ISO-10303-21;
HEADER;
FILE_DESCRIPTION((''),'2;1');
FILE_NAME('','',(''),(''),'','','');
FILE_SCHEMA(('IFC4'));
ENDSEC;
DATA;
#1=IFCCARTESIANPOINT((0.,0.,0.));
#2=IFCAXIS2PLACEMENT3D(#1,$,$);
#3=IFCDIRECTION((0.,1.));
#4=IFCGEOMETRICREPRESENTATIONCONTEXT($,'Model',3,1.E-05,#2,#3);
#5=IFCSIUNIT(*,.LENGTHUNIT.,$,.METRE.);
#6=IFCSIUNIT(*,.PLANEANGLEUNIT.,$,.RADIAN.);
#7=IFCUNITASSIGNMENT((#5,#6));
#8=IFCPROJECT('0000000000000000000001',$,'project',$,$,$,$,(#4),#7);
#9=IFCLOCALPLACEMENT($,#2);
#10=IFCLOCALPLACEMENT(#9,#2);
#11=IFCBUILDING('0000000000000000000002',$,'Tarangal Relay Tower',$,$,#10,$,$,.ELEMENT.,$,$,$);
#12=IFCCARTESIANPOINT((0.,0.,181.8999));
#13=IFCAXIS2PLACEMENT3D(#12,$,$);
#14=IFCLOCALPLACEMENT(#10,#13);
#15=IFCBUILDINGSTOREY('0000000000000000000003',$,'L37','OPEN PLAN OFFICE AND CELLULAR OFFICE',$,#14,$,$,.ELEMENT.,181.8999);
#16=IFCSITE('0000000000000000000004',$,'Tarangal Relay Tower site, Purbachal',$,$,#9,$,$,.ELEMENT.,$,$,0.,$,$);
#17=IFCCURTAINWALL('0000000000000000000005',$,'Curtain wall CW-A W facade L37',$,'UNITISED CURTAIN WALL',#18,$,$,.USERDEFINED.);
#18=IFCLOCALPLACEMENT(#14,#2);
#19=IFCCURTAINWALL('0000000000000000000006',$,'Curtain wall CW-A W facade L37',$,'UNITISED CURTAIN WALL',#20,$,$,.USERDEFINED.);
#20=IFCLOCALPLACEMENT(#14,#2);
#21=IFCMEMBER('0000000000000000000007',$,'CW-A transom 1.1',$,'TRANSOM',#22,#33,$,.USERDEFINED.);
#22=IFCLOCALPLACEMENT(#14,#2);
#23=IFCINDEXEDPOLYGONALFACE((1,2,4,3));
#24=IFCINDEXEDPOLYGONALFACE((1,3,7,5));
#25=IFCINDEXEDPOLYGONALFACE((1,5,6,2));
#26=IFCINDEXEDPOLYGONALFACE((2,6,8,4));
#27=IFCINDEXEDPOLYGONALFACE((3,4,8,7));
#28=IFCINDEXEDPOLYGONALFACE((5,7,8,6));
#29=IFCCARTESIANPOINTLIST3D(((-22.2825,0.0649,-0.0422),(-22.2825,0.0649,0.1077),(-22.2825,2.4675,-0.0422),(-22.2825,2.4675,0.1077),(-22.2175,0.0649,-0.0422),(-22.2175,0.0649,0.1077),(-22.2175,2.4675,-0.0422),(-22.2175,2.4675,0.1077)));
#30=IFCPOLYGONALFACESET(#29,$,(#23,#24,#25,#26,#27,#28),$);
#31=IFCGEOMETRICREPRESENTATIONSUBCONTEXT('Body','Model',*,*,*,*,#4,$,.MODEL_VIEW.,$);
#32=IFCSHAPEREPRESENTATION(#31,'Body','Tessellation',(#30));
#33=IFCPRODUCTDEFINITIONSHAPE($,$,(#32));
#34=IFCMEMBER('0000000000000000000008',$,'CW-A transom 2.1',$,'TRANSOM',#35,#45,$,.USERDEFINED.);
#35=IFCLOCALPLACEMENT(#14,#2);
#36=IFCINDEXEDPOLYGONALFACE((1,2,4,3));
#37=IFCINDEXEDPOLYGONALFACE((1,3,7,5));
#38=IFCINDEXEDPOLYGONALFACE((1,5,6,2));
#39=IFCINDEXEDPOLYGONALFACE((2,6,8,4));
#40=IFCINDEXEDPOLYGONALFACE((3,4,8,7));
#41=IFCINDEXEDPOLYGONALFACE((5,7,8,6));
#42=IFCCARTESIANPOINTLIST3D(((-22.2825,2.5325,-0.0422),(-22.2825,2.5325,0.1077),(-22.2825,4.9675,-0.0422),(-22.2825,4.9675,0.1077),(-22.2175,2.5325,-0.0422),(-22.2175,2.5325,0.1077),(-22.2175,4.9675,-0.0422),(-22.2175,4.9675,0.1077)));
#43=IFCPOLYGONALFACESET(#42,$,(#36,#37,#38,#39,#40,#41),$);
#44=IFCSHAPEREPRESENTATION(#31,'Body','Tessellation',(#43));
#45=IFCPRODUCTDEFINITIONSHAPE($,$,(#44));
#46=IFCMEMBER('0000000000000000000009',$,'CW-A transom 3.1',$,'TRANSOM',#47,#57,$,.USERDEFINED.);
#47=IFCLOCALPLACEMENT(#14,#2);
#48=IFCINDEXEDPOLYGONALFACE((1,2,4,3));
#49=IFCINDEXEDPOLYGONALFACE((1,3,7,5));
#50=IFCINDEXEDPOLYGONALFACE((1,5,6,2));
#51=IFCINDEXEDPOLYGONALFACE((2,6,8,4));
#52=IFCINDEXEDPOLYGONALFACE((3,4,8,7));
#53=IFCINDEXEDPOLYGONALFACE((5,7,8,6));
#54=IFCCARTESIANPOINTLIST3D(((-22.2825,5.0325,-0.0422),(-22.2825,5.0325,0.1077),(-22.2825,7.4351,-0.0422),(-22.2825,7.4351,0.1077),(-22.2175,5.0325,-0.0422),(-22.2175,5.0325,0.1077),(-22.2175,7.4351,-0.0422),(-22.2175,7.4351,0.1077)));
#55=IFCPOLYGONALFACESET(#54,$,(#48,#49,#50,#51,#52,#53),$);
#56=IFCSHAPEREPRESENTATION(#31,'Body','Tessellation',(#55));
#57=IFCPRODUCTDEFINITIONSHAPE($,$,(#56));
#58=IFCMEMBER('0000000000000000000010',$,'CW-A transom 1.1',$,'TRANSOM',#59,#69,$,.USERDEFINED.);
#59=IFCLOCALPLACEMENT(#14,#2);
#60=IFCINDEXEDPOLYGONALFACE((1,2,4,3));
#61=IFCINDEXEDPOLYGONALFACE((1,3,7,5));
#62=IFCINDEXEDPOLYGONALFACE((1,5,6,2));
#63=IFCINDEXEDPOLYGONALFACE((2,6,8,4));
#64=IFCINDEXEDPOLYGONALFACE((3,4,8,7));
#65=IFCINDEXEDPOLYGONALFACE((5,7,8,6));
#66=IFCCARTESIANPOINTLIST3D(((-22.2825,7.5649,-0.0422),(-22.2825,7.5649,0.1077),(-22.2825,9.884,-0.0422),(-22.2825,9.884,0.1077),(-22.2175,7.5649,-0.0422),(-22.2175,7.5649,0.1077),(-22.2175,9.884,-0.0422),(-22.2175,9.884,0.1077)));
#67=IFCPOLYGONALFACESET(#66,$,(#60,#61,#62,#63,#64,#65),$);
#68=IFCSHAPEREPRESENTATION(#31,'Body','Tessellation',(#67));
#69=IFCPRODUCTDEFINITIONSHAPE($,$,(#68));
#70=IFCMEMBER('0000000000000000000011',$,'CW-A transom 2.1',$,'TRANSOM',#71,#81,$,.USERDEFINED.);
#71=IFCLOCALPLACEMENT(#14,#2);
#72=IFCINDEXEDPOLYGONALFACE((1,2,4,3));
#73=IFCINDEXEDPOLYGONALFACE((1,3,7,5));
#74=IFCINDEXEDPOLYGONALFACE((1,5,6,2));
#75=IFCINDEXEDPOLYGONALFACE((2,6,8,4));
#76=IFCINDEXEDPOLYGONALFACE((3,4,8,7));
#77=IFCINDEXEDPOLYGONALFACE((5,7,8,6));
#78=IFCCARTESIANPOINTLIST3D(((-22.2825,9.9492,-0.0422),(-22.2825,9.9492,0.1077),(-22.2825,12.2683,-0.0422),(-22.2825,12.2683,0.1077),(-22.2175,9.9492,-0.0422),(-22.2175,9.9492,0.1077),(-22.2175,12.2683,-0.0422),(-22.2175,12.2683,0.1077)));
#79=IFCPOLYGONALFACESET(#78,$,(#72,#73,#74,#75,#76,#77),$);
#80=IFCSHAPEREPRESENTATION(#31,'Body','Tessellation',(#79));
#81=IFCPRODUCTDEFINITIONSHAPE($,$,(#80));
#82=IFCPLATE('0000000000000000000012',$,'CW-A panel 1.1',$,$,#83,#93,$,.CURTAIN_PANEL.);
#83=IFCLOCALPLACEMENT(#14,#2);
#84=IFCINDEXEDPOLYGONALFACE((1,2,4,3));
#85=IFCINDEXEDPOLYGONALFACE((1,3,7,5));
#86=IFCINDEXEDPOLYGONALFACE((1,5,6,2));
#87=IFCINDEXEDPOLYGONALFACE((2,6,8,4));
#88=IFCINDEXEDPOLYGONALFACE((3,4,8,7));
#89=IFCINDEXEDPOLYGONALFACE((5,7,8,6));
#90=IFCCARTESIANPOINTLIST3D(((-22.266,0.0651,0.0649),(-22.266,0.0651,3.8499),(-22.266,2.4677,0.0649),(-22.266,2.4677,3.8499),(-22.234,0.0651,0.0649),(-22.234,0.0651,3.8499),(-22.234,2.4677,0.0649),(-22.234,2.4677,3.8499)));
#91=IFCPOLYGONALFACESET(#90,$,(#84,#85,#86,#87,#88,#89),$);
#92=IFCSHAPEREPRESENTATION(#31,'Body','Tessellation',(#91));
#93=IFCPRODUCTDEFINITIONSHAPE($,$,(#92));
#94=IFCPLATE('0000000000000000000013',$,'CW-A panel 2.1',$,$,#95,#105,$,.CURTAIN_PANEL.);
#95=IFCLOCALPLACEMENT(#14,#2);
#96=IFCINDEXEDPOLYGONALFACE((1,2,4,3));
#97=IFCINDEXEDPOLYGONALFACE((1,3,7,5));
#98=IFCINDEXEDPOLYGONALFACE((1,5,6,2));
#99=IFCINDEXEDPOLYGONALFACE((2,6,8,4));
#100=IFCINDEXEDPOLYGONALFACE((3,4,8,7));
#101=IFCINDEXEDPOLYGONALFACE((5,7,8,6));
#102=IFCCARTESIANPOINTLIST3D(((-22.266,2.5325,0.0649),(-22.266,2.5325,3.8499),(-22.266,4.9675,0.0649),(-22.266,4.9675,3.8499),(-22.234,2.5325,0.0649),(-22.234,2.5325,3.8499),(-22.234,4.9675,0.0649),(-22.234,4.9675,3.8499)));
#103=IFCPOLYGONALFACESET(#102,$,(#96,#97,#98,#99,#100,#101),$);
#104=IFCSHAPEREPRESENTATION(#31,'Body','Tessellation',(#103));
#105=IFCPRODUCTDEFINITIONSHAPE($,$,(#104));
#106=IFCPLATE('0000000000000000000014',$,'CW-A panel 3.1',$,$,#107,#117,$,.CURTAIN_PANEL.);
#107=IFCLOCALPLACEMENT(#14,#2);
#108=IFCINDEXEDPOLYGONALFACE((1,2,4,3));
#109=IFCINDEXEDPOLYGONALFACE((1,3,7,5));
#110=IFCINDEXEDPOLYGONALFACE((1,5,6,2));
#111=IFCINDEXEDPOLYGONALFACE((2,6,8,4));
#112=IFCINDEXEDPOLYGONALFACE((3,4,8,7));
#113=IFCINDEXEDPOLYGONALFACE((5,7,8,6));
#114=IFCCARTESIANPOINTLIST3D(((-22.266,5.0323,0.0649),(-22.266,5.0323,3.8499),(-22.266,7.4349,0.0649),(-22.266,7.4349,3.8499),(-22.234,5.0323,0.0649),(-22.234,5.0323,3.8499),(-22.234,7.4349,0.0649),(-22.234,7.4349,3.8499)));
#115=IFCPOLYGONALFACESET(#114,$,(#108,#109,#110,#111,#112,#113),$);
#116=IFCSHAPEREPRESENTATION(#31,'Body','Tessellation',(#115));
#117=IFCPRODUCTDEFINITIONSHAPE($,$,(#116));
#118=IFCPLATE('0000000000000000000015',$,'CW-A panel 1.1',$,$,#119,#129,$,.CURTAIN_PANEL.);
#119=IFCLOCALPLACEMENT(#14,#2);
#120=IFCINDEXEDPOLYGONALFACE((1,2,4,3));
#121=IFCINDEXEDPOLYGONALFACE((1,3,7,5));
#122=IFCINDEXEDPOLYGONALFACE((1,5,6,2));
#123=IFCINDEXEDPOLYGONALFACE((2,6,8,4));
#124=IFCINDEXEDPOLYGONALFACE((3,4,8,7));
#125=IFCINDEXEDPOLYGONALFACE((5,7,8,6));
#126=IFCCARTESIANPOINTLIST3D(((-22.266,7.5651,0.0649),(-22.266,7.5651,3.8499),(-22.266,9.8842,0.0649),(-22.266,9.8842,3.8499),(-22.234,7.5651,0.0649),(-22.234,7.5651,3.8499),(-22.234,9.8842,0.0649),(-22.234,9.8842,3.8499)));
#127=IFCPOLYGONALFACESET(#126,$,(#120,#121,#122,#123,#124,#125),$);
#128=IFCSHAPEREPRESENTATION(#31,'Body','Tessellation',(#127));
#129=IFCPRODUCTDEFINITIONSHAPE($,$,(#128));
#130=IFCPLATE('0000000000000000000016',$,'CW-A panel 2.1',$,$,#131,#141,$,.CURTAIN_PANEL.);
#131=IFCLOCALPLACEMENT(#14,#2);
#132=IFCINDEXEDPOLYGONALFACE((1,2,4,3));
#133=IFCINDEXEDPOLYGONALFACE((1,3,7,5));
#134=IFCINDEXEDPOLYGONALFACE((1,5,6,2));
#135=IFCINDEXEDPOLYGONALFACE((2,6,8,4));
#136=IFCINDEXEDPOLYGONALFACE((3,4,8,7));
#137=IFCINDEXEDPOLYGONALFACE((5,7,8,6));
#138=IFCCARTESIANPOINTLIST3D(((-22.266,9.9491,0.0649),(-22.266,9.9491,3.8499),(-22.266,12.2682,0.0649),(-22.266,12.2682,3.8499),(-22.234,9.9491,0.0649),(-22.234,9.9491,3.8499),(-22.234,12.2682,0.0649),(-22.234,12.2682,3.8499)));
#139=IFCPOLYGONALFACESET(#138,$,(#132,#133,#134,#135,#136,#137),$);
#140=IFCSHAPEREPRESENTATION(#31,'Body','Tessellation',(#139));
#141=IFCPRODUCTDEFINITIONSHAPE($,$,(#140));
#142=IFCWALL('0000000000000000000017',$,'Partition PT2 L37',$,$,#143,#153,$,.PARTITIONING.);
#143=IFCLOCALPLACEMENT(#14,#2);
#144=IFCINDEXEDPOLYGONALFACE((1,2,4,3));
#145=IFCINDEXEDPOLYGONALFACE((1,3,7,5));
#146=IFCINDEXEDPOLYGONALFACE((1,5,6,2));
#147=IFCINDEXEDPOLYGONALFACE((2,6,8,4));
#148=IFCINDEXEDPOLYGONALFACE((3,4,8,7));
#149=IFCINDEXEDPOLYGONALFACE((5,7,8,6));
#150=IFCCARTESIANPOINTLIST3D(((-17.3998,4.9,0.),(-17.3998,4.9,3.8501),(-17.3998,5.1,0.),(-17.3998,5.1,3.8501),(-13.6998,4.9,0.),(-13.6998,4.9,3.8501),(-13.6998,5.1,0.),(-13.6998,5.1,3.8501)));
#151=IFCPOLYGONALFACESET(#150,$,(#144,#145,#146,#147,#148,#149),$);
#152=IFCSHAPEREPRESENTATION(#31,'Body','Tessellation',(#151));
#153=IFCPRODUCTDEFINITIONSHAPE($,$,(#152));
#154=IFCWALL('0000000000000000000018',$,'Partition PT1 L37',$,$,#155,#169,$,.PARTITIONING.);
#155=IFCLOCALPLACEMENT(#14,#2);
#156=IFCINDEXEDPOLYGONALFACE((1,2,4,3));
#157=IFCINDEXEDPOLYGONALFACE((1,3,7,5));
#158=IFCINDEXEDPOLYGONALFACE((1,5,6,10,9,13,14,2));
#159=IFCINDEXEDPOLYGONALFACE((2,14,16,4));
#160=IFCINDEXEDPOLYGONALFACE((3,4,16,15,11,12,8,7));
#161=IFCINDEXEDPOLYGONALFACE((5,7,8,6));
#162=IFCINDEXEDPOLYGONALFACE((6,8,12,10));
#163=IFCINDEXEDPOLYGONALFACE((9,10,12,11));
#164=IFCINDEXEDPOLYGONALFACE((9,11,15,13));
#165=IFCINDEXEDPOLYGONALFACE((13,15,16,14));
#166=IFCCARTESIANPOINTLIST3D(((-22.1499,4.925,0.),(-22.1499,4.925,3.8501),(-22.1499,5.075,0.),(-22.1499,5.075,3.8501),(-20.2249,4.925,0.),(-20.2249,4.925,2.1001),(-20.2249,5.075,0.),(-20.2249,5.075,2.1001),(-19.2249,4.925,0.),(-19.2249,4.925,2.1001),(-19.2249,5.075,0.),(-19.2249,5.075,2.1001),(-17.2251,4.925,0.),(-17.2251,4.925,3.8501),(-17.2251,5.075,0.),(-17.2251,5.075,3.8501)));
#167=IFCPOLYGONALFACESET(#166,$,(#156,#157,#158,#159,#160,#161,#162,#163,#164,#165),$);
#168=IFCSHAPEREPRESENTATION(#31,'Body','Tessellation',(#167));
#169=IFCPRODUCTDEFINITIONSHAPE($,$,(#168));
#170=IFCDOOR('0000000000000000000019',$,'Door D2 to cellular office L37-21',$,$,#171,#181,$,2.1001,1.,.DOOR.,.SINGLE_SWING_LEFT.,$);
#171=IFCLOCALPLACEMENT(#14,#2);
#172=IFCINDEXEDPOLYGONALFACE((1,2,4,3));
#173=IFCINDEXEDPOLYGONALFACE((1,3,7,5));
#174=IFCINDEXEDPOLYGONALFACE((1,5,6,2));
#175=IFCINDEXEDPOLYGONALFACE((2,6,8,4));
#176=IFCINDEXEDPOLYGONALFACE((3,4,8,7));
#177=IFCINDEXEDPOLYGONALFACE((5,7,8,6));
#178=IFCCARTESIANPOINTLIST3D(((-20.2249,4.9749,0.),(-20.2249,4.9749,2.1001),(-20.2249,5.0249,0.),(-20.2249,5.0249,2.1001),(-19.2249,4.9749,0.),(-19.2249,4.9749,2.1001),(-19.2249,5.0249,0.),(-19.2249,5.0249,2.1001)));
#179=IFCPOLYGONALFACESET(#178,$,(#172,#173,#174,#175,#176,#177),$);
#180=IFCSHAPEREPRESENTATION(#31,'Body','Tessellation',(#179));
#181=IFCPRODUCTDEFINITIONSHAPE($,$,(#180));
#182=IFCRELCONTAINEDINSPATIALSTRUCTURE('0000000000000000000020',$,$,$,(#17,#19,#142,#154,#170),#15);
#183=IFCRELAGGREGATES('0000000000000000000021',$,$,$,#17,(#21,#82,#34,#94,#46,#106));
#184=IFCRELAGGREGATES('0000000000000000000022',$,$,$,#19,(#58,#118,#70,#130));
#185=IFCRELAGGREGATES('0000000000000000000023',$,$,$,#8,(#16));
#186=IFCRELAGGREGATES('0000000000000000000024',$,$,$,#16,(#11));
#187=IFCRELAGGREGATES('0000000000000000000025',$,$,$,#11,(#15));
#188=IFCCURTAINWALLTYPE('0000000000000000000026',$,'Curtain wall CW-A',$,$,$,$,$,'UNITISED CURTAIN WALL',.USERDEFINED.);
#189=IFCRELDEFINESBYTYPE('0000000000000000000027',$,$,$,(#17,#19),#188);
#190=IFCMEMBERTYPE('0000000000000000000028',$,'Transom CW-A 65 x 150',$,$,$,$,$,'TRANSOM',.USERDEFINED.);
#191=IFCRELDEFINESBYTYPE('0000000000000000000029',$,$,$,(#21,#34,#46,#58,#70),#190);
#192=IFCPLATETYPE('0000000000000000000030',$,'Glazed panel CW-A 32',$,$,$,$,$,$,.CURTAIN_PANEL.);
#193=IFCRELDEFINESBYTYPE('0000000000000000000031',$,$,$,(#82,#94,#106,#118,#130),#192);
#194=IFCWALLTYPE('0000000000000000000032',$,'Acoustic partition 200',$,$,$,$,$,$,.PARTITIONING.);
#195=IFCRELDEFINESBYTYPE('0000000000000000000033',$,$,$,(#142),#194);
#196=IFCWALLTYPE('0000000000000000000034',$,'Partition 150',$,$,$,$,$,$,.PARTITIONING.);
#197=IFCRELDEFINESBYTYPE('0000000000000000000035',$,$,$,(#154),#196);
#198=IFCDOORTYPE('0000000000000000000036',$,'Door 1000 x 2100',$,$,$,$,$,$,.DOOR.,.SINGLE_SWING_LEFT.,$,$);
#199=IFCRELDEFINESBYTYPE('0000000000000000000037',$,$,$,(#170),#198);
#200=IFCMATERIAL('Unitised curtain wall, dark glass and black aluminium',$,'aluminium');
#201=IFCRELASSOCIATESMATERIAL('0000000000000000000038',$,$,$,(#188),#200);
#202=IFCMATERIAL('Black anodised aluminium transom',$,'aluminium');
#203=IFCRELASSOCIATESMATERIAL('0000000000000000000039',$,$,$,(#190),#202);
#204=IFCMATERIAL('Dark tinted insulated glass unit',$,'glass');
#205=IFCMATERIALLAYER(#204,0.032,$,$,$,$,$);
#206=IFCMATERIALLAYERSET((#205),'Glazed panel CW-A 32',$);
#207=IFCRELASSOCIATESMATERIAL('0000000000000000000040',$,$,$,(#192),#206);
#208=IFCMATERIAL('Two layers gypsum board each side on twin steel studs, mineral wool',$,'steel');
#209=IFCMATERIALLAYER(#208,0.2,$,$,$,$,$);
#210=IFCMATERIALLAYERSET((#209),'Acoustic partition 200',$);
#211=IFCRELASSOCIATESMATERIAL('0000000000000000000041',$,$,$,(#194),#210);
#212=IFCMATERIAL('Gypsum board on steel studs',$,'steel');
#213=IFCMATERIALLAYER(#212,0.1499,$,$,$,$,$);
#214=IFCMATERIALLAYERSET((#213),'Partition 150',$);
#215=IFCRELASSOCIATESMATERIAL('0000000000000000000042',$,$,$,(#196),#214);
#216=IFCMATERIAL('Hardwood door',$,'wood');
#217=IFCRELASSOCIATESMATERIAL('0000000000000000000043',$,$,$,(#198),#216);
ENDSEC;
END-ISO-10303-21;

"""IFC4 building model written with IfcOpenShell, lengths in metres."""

from ifc_helpers import new_model, si_unit, direction, frame, frame_2d, origin, origin_2d, place, context, subcontext, project, spatial, rectangle, extrude, material, layer, layer_set, material_profile, profile_set, type_object, element, fill, aggregate, save


model = new_model("IFC4")

# Units and contexts
model_context = context("Model", 3, precision=1e-05, world=origin(), true_north=direction((0.0, 1.0)))
body_context = subcontext(model_context, "Body", "Model", "MODEL_VIEW")
ifc_project = project(units=[si_unit("LENGTHUNIT", "METRE"), si_unit("PLANEANGLEUNIT", "RADIAN")], contexts=[model_context])

# Site, building, storey
site_placement = place(None, origin())
site = spatial("IfcSite", under=ifc_project, at=site_placement, Name="Tarangal Relay Tower site, Purbachal", CompositionType="ELEMENT", RefElevation=0.0)
building_placement = place(site_placement, origin())
building = spatial("IfcBuilding", under=site, at=building_placement, Name="Tarangal Relay Tower", CompositionType="ELEMENT")
storey_placement = place(building_placement, frame((0.0, 0.0, 181.8999)))
storey = spatial("IfcBuildingStorey", under=building, at=storey_placement, Name="L37", Description="OPEN PLAN OFFICE AND CELLULAR OFFICE", CompositionType="ELEMENT", Elevation=181.8999)

# Curtain walls
ifc_material_1 = material(Name="Unitised curtain wall, dark glass and black aluminium", Category="aluminium")
curtain_wall_type = type_object("IfcCurtainWallType", Name="Curtain wall CW-A", ElementType="UNITISED CURTAIN WALL", PredefinedType="USERDEFINED", material=ifc_material_1)
curtain_wall_1_placement = place(storey_placement, origin())
curtain_wall_1 = element("IfcCurtainWall", 1, at=curtain_wall_1_placement, inside=storey, type_object=curtain_wall_type, Name="Curtain wall CW-A W facade L37", ObjectType="UNITISED CURTAIN WALL", PredefinedType="USERDEFINED")
curtain_wall_2_placement = place(storey_placement, origin())
curtain_wall_2 = element("IfcCurtainWall", 2, at=curtain_wall_2_placement, inside=storey, type_object=curtain_wall_type, Name="Curtain wall CW-A W facade L37", ObjectType="UNITISED CURTAIN WALL", PredefinedType="USERDEFINED")

# Members
ifc_material_2 = material(Name="Black anodised aluminium transom", Category="aluminium")
ifc_material_profile_1 = material_profile(ifc_material_2, rectangle(XDim=0.0649, YDim=0.1499, at=origin_2d()), Name="CW-AT 65X150")
ifc_profile_set_1 = profile_set([ifc_material_profile_1], Name="Black anodised aluminium transom")
member_type_1 = type_object("IfcMemberType", Name="Transom CW-A 65 x 150", ElementType="TRANSOM", PredefinedType="USERDEFINED", material=ifc_profile_set_1)
member_1_placement = place(storey_placement, frame((-22.25, 0.0649, 0.0327), z_axis=(0.0, 1.0, 0.0), x_axis=(-1.0, 0.0, 0.0)))
member_1 = element("IfcMember", 3, at=member_1_placement, type_object=member_type_1, Name="CW-A transom 1.1", ObjectType="TRANSOM", PredefinedType="USERDEFINED", context=body_context, shape_type="SweptSolid", body=[
    extrude(rectangle(XDim=0.0649, YDim=0.1499, at=origin_2d()), origin(), (0.0, 0.0, 1.0), 2.4026),
])
member_2_placement = place(storey_placement, frame((-22.25, 2.5325, 0.0327), z_axis=(0.0, 1.0, 0.0), x_axis=(-1.0, 0.0, 0.0)))
member_2 = element("IfcMember", 4, at=member_2_placement, type_object=member_type_1, Name="CW-A transom 2.1", ObjectType="TRANSOM", PredefinedType="USERDEFINED", context=body_context, shape_type="SweptSolid", body=[
    extrude(rectangle(XDim=0.0649, YDim=0.1499, at=origin_2d()), origin(), (0.0, 0.0, 1.0), 2.4351),
])
member_3_placement = place(storey_placement, frame((-22.25, 5.0325, 0.0327), z_axis=(0.0, 1.0, 0.0), x_axis=(-1.0, 0.0, 0.0)))
member_3 = element("IfcMember", 5, at=member_3_placement, type_object=member_type_1, Name="CW-A transom 3.1", ObjectType="TRANSOM", PredefinedType="USERDEFINED", context=body_context, shape_type="SweptSolid", body=[
    extrude(rectangle(XDim=0.0649, YDim=0.1499, at=origin_2d()), origin(), (0.0, 0.0, 1.0), 2.4026),
])
member_4_placement = place(storey_placement, frame((-22.25, 7.5649, 0.0327), z_axis=(0.0, 1.0, 0.0), x_axis=(-1.0, 0.0, 0.0)))
member_4 = element("IfcMember", 6, at=member_4_placement, type_object=member_type_1, Name="CW-A transom 1.1", ObjectType="TRANSOM", PredefinedType="USERDEFINED", context=body_context, shape_type="SweptSolid", body=[
    extrude(rectangle(XDim=0.0649, YDim=0.1499, at=origin_2d()), origin(), (0.0, 0.0, 1.0), 2.3191),
])
member_5_placement = place(storey_placement, frame((-22.25, 9.9492, 0.0327), z_axis=(0.0, 1.0, 0.0), x_axis=(-1.0, 0.0, 0.0)))
member_5 = element("IfcMember", 7, at=member_5_placement, type_object=member_type_1, Name="CW-A transom 2.1", ObjectType="TRANSOM", PredefinedType="USERDEFINED", context=body_context, shape_type="SweptSolid", body=[
    extrude(rectangle(XDim=0.0649, YDim=0.1499, at=origin_2d()), origin(), (0.0, 0.0, 1.0), 2.3191),
])

# Plates
ifc_material_3 = material(Name="Dark tinted insulated glass unit", Category="glass")
ifc_layer_1 = layer(ifc_material_3, 0.032)
ifc_layer_set_1 = layer_set([ifc_layer_1], Name="Glazed panel CW-A 32")
plate_type = type_object("IfcPlateType", Name="Glazed panel CW-A 32", PredefinedType="CURTAIN_PANEL", material=ifc_layer_set_1)
plate_1_placement = place(storey_placement, frame((-22.25, 1.2664, 0.0649), z_axis=(0.0, 0.0, 1.0), x_axis=(0.0, 1.0, 0.0)))
plate_1 = element("IfcPlate", 8, at=plate_1_placement, type_object=plate_type, Name="CW-A panel 1.1", PredefinedType="CURTAIN_PANEL", context=body_context, shape_type="SweptSolid", body=[
    extrude(rectangle(XDim=2.4026, YDim=0.032, at=origin_2d()), origin(), (0.0, 0.0, 1.0), 3.7849),
])
plate_2_placement = place(storey_placement, frame((-22.25, 3.75, 0.0649), z_axis=(0.0, 0.0, 1.0), x_axis=(0.0, 1.0, 0.0)))
plate_2 = element("IfcPlate", 9, at=plate_2_placement, type_object=plate_type, Name="CW-A panel 2.1", PredefinedType="CURTAIN_PANEL", context=body_context, shape_type="SweptSolid", body=[
    extrude(rectangle(XDim=2.4351, YDim=0.032, at=origin_2d()), origin(), (0.0, 0.0, 1.0), 3.7849),
])
plate_3_placement = place(storey_placement, frame((-22.25, 6.2336, 0.0649), z_axis=(0.0, 0.0, 1.0), x_axis=(0.0, 1.0, 0.0)))
plate_3 = element("IfcPlate", 10, at=plate_3_placement, type_object=plate_type, Name="CW-A panel 3.1", PredefinedType="CURTAIN_PANEL", context=body_context, shape_type="SweptSolid", body=[
    extrude(rectangle(XDim=2.4026, YDim=0.032, at=origin_2d()), origin(), (0.0, 0.0, 1.0), 3.7849),
])
aggregate(curtain_wall_1, [member_1, plate_1, member_2, plate_2, member_3, plate_3])
plate_4_placement = place(storey_placement, frame((-22.25, 8.7246, 0.0649), z_axis=(0.0, 0.0, 1.0), x_axis=(0.0, 1.0, 0.0)))
plate_4 = element("IfcPlate", 11, at=plate_4_placement, type_object=plate_type, Name="CW-A panel 1.1", PredefinedType="CURTAIN_PANEL", context=body_context, shape_type="SweptSolid", body=[
    extrude(rectangle(XDim=2.3191, YDim=0.032, at=origin_2d()), origin(), (0.0, 0.0, 1.0), 3.7849),
])
plate_5_placement = place(storey_placement, frame((-22.25, 11.1086, 0.0649), z_axis=(0.0, 0.0, 1.0), x_axis=(0.0, 1.0, 0.0)))
plate_5 = element("IfcPlate", 12, at=plate_5_placement, type_object=plate_type, Name="CW-A panel 2.1", PredefinedType="CURTAIN_PANEL", context=body_context, shape_type="SweptSolid", body=[
    extrude(rectangle(XDim=2.3191, YDim=0.032, at=origin_2d()), origin(), (0.0, 0.0, 1.0), 3.7849),
])
aggregate(curtain_wall_2, [member_4, plate_4, member_5, plate_5])

# Wall
ifc_material_4 = material(Name="Two layers gypsum board each side on twin steel studs, mineral wool", Category="steel")
ifc_layer_2 = layer(ifc_material_4, 0.2)
ifc_layer_set_2 = layer_set([ifc_layer_2], Name="Acoustic partition 200")
wall_type_1 = type_object("IfcWallType", Name="Acoustic partition 200", PredefinedType="PARTITIONING", material=ifc_layer_set_2)
wall_1_placement = place(storey_placement, frame((-17.3999, 5.0, 0.0), z_axis=(0.0, 0.0, 1.0), x_axis=(1.0, 0.0, 0.0)))
element("IfcWall", 13, at=wall_1_placement, inside=storey, type_object=wall_type_1, Name="Partition PT2 L37", PredefinedType="PARTITIONING", context=body_context, shape_type="SweptSolid", body=[
    extrude(rectangle(XDim=3.7, YDim=0.2, at=frame_2d((1.8501, 0.0))), origin(), (0.0, 0.0, 1.0), 3.8501),
])

# Wall, opening, door
ifc_material_5 = material(Name="Gypsum board on steel studs", Category="steel")
ifc_layer_3 = layer(ifc_material_5, 0.1499)
ifc_layer_set_3 = layer_set([ifc_layer_3], Name="Partition 150")
wall_type_2 = type_object("IfcWallType", Name="Partition 150", PredefinedType="PARTITIONING", material=ifc_layer_set_3)
wall_2_placement = place(storey_placement, frame((-22.1499, 5.0, 0.0), z_axis=(0.0, 0.0, 1.0), x_axis=(1.0, 0.0, 0.0)))
wall_2 = element("IfcWall", 14, at=wall_2_placement, inside=storey, type_object=wall_type_2, Name="Partition PT1 L37", PredefinedType="PARTITIONING", context=body_context, shape_type="SweptSolid", body=[
    extrude(rectangle(XDim=4.9248, YDim=0.1499, at=frame_2d((2.4624, 0.0))), origin(), (0.0, 0.0, 1.0), 3.8501),
])
opening_1_placement = place(wall_2_placement, frame((1.925, 0.0, 0.0)))
opening_1 = element("IfcOpeningElement", 15, at=opening_1_placement, cuts=wall_2, PredefinedType="OPENING", context=body_context, shape_type="SweptSolid", body=[
    extrude(rectangle(XDim=1.0, YDim=2.1001, at=frame_2d((0.5, 1.05))), frame((0.0, 0.085, 0.0), z_axis=(0.0, -1.0, 0.0), x_axis=(1.0, 0.0, 0.0)), (0.0, 0.0, 1.0), 0.1699),
])
ifc_material_6 = material(Name="Hardwood door", Category="wood")
door_type_1 = type_object("IfcDoorType", Name="Door 1000 x 2100", OperationType="SINGLE_SWING_LEFT", PredefinedType="DOOR", material=ifc_material_6)
door_1_placement = place(opening_1_placement, origin())
door_1 = element("IfcDoor", 16, at=door_1_placement, inside=storey, type_object=door_type_1, Name="Door D2 to cellular office L37-21", OperationType="SINGLE_SWING_LEFT", OverallHeight=2.1001, OverallWidth=1.0, PredefinedType="DOOR", context=body_context, shape_type="SweptSolid", body=[
    extrude(rectangle(XDim=1.0, YDim=2.1001, at=frame_2d((0.5, 1.05))), frame((0.0, 0.0249, 0.0), z_axis=(0.0, -1.0, 0.0), x_axis=(1.0, 0.0, 0.0)), (0.0, 0.0, 1.0), 0.05),
])
fill(opening_1, door_1)

save(model, "model.ifc")
